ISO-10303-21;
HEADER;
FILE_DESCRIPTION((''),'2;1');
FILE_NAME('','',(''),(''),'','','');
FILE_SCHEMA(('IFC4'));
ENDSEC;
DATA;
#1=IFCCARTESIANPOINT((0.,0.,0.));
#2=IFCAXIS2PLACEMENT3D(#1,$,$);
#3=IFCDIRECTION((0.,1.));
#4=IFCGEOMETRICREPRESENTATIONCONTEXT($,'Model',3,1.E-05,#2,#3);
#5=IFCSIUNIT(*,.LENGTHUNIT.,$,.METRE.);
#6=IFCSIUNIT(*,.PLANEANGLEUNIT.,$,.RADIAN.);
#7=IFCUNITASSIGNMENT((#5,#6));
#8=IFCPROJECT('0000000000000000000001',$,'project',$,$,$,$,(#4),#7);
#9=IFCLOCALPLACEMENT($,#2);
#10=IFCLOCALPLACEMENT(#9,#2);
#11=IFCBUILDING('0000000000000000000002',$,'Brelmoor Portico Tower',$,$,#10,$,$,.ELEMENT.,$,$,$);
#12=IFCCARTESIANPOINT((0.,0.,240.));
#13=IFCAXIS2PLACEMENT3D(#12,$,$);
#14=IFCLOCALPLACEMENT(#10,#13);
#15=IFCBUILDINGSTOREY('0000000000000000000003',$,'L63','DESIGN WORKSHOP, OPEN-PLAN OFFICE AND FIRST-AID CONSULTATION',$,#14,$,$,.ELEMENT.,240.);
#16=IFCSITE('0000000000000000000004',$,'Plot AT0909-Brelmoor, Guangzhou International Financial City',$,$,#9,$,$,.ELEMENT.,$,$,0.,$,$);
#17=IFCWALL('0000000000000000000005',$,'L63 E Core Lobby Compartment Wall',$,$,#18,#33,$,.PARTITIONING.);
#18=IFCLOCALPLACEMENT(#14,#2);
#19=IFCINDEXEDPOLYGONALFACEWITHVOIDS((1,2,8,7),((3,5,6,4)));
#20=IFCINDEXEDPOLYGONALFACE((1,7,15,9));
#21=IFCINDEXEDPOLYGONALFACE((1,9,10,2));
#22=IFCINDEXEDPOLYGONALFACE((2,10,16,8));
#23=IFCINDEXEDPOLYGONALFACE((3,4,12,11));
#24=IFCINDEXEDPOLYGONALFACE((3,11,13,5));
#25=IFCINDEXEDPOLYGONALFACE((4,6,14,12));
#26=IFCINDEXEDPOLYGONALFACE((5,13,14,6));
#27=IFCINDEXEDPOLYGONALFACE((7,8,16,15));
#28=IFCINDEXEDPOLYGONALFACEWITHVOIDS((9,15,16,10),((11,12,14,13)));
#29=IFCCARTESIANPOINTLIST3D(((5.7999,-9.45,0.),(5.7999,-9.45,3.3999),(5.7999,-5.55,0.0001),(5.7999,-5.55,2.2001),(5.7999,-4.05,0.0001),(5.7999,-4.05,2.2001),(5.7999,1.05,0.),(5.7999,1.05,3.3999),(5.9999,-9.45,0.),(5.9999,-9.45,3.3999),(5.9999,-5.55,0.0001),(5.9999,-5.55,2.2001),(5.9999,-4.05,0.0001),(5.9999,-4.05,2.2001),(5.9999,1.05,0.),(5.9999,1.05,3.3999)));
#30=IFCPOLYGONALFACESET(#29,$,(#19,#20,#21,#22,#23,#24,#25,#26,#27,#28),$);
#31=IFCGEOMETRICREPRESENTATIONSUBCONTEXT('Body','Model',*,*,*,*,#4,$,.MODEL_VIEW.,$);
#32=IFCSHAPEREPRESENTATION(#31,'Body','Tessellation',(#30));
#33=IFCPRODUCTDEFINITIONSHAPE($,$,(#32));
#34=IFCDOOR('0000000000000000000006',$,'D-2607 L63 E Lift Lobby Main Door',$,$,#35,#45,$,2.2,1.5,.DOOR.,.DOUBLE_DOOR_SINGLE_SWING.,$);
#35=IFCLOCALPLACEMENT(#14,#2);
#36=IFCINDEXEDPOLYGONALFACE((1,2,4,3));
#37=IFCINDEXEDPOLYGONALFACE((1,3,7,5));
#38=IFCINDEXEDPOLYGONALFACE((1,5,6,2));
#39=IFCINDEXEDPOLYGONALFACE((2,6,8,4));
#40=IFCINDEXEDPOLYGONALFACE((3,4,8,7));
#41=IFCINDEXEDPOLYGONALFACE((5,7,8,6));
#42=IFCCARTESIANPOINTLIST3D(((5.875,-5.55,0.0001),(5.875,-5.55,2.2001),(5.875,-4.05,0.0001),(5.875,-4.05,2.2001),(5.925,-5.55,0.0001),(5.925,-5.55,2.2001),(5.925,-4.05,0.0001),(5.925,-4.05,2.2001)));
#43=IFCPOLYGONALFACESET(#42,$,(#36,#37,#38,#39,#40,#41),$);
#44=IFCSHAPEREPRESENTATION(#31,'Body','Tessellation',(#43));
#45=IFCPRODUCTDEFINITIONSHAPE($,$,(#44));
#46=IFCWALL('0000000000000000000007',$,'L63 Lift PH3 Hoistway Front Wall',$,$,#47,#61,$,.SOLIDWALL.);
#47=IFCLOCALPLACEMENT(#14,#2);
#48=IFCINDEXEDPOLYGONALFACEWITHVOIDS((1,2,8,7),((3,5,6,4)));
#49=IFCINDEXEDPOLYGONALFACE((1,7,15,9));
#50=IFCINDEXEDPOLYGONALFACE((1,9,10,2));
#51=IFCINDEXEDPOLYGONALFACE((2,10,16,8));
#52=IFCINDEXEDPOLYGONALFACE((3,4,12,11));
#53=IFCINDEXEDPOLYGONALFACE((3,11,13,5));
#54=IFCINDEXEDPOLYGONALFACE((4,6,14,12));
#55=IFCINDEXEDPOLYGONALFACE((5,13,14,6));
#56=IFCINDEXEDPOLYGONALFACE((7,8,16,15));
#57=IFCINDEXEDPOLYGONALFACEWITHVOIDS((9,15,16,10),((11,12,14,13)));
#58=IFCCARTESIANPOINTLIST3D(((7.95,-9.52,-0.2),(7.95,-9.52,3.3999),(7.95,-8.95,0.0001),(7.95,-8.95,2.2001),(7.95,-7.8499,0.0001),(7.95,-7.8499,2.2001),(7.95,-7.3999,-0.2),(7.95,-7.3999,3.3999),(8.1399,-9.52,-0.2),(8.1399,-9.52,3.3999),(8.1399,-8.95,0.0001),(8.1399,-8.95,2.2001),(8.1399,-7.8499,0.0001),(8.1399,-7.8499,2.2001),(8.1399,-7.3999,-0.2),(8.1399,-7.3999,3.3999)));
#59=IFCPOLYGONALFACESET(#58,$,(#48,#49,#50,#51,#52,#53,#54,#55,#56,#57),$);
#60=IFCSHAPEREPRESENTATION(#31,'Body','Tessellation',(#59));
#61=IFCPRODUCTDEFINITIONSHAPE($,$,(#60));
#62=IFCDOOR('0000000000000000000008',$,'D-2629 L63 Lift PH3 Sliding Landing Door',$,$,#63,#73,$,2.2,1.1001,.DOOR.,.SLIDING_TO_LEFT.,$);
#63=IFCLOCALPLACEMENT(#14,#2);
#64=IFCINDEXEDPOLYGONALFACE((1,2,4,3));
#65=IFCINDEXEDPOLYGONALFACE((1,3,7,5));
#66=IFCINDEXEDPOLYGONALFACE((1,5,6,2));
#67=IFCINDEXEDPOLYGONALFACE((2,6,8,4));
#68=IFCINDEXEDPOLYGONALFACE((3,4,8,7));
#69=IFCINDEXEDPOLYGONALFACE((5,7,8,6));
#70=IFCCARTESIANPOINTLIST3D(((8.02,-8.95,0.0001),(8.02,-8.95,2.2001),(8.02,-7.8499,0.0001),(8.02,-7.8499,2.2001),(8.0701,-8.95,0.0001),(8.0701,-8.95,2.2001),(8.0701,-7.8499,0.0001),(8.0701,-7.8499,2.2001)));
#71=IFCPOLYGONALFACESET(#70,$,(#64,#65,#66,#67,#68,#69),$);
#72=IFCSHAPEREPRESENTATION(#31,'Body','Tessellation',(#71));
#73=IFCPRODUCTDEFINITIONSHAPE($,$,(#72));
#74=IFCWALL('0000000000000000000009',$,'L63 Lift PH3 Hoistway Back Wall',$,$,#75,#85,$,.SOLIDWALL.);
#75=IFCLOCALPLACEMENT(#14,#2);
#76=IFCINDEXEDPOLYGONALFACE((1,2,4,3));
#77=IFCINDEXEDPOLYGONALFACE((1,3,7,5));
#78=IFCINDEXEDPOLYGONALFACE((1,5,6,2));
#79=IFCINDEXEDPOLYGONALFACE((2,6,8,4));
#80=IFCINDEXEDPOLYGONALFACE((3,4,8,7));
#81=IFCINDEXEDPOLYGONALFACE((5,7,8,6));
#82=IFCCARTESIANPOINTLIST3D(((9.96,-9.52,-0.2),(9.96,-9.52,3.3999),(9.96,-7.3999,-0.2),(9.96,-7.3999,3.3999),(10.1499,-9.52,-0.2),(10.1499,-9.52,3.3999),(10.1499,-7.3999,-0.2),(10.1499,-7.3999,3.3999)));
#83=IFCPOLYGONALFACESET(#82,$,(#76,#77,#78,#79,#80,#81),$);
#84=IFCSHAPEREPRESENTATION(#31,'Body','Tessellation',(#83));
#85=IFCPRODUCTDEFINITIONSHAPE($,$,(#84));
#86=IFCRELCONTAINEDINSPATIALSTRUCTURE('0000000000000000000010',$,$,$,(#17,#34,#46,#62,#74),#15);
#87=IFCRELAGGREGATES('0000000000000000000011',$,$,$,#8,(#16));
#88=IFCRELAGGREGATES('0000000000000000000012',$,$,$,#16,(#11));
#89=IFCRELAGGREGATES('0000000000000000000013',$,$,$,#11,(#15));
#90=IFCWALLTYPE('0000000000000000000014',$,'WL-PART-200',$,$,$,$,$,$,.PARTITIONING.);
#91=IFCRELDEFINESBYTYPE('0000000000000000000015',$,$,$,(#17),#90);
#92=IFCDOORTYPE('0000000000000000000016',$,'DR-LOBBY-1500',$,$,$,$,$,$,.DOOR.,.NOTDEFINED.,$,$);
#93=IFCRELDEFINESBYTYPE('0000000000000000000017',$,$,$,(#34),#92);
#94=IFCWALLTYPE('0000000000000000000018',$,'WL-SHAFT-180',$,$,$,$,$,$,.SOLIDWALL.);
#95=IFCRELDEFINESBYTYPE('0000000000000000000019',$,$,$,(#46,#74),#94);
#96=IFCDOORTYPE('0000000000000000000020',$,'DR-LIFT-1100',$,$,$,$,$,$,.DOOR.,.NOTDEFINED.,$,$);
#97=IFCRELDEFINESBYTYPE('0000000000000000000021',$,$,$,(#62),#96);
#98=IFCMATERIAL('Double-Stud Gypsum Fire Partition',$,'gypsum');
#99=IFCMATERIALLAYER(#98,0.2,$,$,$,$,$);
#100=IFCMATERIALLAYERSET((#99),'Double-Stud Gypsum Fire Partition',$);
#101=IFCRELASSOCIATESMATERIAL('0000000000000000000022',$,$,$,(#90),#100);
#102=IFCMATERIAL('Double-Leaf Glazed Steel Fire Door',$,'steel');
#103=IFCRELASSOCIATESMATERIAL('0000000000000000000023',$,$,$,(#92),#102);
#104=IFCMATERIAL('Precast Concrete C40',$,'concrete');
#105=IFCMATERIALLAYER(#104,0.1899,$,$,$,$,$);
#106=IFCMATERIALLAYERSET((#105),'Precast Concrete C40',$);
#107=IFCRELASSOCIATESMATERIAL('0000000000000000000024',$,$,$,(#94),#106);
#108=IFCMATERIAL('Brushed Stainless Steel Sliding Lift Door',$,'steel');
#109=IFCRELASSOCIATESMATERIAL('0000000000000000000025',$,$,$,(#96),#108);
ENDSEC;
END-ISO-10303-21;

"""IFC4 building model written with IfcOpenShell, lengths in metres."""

from ifc_helpers import new_model, si_unit, direction, frame, frame_2d, origin, place, context, subcontext, project, spatial, rectangle, extrude, material, layer, layer_set, type_object, element, fill, save


model = new_model("IFC4")

# Units and contexts
model_context = context("Model", 3, precision=1e-05, world=origin(), true_north=direction((0.0, 1.0)))
body_context = subcontext(model_context, "Body", "Model", "MODEL_VIEW")
ifc_project = project(units=[si_unit("LENGTHUNIT", "METRE"), si_unit("PLANEANGLEUNIT", "RADIAN")], contexts=[model_context])

# Site, building, storey
site_placement = place(None, origin())
site = spatial("IfcSite", under=ifc_project, at=site_placement, Name="Plot AT0909-Brelmoor, Guangzhou International Financial City", CompositionType="ELEMENT", RefElevation=0.0)
building_placement = place(site_placement, origin())
building = spatial("IfcBuilding", under=site, at=building_placement, Name="Brelmoor Portico Tower", CompositionType="ELEMENT")
storey_placement = place(building_placement, frame((0.0, 0.0, 240.0)))
storey = spatial("IfcBuildingStorey", under=building, at=storey_placement, Name="L63", Description="DESIGN WORKSHOP, OPEN-PLAN OFFICE AND FIRST-AID CONSULTATION", CompositionType="ELEMENT", Elevation=240.0)

# Walls, openings, doors
ifc_material_1 = material(Name="Double-Stud Gypsum Fire Partition", Category="gypsum")
ifc_layer_1 = layer(ifc_material_1, 0.2)
ifc_layer_set_1 = layer_set([ifc_layer_1], Name="Double-Stud Gypsum Fire Partition")
wall_type_1 = type_object("IfcWallType", Name="WL-PART-200", PredefinedType="PARTITIONING", material=ifc_layer_set_1)
wall_1_placement = place(storey_placement, frame((5.8999, -9.45, 0.0), z_axis=(0.0, 0.0, 1.0), x_axis=(0.0, 1.0, 0.0)))
wall_1 = element("IfcWall", 1, at=wall_1_placement, inside=storey, type_object=wall_type_1, Name="L63 E Core Lobby Compartment Wall", PredefinedType="PARTITIONING", context=body_context, shape_type="SweptSolid", body=[
    extrude(rectangle(XDim=10.5, YDim=0.2, at=frame_2d((5.25, 0.0))), origin(), (0.0, 0.0, 1.0), 3.3999),
])
opening_1_placement = place(wall_1_placement, frame((3.8999, 0.0, 0.0)))
opening_1 = element("IfcOpeningElement", 2, at=opening_1_placement, cuts=wall_1, PredefinedType="OPENING", context=body_context, shape_type="SweptSolid", body=[
    extrude(rectangle(XDim=1.5, YDim=2.2, at=frame_2d((0.75, 1.1001))), frame((0.0, 0.1099, 0.0), z_axis=(0.0, -1.0, 0.0), x_axis=(1.0, 0.0, 0.0)), (0.0, 0.0, 1.0), 0.22),
])
ifc_material_2 = material(Name="Double-Leaf Glazed Steel Fire Door", Category="steel")
door_type_1 = type_object("IfcDoorType", Name="DR-LOBBY-1500", OperationType="NOTDEFINED", PredefinedType="DOOR", material=ifc_material_2)
door_1_placement = place(opening_1_placement, origin())
door_1 = element("IfcDoor", 3, at=door_1_placement, inside=storey, type_object=door_type_1, Name="D-2607 L63 E Lift Lobby Main Door", OperationType="DOUBLE_DOOR_SINGLE_SWING", OverallHeight=2.2, OverallWidth=1.5, PredefinedType="DOOR", context=body_context, shape_type="SweptSolid", body=[
    extrude(rectangle(XDim=1.5, YDim=2.2, at=frame_2d((0.75, 1.1001))), frame((0.0, 0.0249, 0.0), z_axis=(0.0, -1.0, 0.0), x_axis=(1.0, 0.0, 0.0)), (0.0, 0.0, 1.0), 0.05),
])
fill(opening_1, door_1)
ifc_material_3 = material(Name="Precast Concrete C40", Category="concrete")
ifc_layer_2 = layer(ifc_material_3, 0.1899)
ifc_layer_set_2 = layer_set([ifc_layer_2], Name="Precast Concrete C40")
wall_type_2 = type_object("IfcWallType", Name="WL-SHAFT-180", PredefinedType="SOLIDWALL", material=ifc_layer_set_2)
wall_2_placement = place(storey_placement, frame((8.0449, -9.52, -0.2), z_axis=(0.0, 0.0, 1.0), x_axis=(0.0, 1.0, 0.0)))
wall_2 = element("IfcWall", 4, at=wall_2_placement, inside=storey, type_object=wall_type_2, Name="L63 Lift PH3 Hoistway Front Wall", PredefinedType="SOLIDWALL", context=body_context, shape_type="SweptSolid", body=[
    extrude(rectangle(XDim=2.1201, YDim=0.1899, at=frame_2d((1.0601, 0.0))), origin(), (0.0, 0.0, 1.0), 3.5999),
])
opening_2_placement = place(wall_2_placement, frame((0.5701, 0.0, 0.2)))
opening_2 = element("IfcOpeningElement", 5, at=opening_2_placement, cuts=wall_2, PredefinedType="OPENING", context=body_context, shape_type="SweptSolid", body=[
    extrude(rectangle(XDim=1.1001, YDim=2.2, at=frame_2d((0.55, 1.1001))), frame((0.0, 0.105, 0.0), z_axis=(0.0, -1.0, 0.0), x_axis=(1.0, 0.0, 0.0)), (0.0, 0.0, 1.0), 0.21),
])
ifc_material_4 = material(Name="Brushed Stainless Steel Sliding Lift Door", Category="steel")
door_type_2 = type_object("IfcDoorType", Name="DR-LIFT-1100", OperationType="NOTDEFINED", PredefinedType="DOOR", material=ifc_material_4)
door_2_placement = place(opening_2_placement, origin())
door_2 = element("IfcDoor", 6, at=door_2_placement, inside=storey, type_object=door_type_2, Name="D-2629 L63 Lift PH3 Sliding Landing Door", OperationType="SLIDING_TO_LEFT", OverallHeight=2.2, OverallWidth=1.1001, PredefinedType="DOOR", context=body_context, shape_type="SweptSolid", body=[
    extrude(rectangle(XDim=1.1001, YDim=2.2, at=frame_2d((0.55, 1.1001))), frame((0.0, 0.0249, 0.0), z_axis=(0.0, -1.0, 0.0), x_axis=(1.0, 0.0, 0.0)), (0.0, 0.0, 1.0), 0.05),
])
fill(opening_2, door_2)

# Wall
wall_3_placement = place(storey_placement, frame((10.0549, -9.52, -0.2), z_axis=(0.0, 0.0, 1.0), x_axis=(0.0, 1.0, 0.0)))
element("IfcWall", 7, at=wall_3_placement, inside=storey, type_object=wall_type_2, Name="L63 Lift PH3 Hoistway Back Wall", PredefinedType="SOLIDWALL", context=body_context, shape_type="SweptSolid", body=[
    extrude(rectangle(XDim=2.1201, YDim=0.1899, at=frame_2d((1.0601, 0.0))), origin(), (0.0, 0.0, 1.0), 3.5999),
])

save(model, "model.ifc")
